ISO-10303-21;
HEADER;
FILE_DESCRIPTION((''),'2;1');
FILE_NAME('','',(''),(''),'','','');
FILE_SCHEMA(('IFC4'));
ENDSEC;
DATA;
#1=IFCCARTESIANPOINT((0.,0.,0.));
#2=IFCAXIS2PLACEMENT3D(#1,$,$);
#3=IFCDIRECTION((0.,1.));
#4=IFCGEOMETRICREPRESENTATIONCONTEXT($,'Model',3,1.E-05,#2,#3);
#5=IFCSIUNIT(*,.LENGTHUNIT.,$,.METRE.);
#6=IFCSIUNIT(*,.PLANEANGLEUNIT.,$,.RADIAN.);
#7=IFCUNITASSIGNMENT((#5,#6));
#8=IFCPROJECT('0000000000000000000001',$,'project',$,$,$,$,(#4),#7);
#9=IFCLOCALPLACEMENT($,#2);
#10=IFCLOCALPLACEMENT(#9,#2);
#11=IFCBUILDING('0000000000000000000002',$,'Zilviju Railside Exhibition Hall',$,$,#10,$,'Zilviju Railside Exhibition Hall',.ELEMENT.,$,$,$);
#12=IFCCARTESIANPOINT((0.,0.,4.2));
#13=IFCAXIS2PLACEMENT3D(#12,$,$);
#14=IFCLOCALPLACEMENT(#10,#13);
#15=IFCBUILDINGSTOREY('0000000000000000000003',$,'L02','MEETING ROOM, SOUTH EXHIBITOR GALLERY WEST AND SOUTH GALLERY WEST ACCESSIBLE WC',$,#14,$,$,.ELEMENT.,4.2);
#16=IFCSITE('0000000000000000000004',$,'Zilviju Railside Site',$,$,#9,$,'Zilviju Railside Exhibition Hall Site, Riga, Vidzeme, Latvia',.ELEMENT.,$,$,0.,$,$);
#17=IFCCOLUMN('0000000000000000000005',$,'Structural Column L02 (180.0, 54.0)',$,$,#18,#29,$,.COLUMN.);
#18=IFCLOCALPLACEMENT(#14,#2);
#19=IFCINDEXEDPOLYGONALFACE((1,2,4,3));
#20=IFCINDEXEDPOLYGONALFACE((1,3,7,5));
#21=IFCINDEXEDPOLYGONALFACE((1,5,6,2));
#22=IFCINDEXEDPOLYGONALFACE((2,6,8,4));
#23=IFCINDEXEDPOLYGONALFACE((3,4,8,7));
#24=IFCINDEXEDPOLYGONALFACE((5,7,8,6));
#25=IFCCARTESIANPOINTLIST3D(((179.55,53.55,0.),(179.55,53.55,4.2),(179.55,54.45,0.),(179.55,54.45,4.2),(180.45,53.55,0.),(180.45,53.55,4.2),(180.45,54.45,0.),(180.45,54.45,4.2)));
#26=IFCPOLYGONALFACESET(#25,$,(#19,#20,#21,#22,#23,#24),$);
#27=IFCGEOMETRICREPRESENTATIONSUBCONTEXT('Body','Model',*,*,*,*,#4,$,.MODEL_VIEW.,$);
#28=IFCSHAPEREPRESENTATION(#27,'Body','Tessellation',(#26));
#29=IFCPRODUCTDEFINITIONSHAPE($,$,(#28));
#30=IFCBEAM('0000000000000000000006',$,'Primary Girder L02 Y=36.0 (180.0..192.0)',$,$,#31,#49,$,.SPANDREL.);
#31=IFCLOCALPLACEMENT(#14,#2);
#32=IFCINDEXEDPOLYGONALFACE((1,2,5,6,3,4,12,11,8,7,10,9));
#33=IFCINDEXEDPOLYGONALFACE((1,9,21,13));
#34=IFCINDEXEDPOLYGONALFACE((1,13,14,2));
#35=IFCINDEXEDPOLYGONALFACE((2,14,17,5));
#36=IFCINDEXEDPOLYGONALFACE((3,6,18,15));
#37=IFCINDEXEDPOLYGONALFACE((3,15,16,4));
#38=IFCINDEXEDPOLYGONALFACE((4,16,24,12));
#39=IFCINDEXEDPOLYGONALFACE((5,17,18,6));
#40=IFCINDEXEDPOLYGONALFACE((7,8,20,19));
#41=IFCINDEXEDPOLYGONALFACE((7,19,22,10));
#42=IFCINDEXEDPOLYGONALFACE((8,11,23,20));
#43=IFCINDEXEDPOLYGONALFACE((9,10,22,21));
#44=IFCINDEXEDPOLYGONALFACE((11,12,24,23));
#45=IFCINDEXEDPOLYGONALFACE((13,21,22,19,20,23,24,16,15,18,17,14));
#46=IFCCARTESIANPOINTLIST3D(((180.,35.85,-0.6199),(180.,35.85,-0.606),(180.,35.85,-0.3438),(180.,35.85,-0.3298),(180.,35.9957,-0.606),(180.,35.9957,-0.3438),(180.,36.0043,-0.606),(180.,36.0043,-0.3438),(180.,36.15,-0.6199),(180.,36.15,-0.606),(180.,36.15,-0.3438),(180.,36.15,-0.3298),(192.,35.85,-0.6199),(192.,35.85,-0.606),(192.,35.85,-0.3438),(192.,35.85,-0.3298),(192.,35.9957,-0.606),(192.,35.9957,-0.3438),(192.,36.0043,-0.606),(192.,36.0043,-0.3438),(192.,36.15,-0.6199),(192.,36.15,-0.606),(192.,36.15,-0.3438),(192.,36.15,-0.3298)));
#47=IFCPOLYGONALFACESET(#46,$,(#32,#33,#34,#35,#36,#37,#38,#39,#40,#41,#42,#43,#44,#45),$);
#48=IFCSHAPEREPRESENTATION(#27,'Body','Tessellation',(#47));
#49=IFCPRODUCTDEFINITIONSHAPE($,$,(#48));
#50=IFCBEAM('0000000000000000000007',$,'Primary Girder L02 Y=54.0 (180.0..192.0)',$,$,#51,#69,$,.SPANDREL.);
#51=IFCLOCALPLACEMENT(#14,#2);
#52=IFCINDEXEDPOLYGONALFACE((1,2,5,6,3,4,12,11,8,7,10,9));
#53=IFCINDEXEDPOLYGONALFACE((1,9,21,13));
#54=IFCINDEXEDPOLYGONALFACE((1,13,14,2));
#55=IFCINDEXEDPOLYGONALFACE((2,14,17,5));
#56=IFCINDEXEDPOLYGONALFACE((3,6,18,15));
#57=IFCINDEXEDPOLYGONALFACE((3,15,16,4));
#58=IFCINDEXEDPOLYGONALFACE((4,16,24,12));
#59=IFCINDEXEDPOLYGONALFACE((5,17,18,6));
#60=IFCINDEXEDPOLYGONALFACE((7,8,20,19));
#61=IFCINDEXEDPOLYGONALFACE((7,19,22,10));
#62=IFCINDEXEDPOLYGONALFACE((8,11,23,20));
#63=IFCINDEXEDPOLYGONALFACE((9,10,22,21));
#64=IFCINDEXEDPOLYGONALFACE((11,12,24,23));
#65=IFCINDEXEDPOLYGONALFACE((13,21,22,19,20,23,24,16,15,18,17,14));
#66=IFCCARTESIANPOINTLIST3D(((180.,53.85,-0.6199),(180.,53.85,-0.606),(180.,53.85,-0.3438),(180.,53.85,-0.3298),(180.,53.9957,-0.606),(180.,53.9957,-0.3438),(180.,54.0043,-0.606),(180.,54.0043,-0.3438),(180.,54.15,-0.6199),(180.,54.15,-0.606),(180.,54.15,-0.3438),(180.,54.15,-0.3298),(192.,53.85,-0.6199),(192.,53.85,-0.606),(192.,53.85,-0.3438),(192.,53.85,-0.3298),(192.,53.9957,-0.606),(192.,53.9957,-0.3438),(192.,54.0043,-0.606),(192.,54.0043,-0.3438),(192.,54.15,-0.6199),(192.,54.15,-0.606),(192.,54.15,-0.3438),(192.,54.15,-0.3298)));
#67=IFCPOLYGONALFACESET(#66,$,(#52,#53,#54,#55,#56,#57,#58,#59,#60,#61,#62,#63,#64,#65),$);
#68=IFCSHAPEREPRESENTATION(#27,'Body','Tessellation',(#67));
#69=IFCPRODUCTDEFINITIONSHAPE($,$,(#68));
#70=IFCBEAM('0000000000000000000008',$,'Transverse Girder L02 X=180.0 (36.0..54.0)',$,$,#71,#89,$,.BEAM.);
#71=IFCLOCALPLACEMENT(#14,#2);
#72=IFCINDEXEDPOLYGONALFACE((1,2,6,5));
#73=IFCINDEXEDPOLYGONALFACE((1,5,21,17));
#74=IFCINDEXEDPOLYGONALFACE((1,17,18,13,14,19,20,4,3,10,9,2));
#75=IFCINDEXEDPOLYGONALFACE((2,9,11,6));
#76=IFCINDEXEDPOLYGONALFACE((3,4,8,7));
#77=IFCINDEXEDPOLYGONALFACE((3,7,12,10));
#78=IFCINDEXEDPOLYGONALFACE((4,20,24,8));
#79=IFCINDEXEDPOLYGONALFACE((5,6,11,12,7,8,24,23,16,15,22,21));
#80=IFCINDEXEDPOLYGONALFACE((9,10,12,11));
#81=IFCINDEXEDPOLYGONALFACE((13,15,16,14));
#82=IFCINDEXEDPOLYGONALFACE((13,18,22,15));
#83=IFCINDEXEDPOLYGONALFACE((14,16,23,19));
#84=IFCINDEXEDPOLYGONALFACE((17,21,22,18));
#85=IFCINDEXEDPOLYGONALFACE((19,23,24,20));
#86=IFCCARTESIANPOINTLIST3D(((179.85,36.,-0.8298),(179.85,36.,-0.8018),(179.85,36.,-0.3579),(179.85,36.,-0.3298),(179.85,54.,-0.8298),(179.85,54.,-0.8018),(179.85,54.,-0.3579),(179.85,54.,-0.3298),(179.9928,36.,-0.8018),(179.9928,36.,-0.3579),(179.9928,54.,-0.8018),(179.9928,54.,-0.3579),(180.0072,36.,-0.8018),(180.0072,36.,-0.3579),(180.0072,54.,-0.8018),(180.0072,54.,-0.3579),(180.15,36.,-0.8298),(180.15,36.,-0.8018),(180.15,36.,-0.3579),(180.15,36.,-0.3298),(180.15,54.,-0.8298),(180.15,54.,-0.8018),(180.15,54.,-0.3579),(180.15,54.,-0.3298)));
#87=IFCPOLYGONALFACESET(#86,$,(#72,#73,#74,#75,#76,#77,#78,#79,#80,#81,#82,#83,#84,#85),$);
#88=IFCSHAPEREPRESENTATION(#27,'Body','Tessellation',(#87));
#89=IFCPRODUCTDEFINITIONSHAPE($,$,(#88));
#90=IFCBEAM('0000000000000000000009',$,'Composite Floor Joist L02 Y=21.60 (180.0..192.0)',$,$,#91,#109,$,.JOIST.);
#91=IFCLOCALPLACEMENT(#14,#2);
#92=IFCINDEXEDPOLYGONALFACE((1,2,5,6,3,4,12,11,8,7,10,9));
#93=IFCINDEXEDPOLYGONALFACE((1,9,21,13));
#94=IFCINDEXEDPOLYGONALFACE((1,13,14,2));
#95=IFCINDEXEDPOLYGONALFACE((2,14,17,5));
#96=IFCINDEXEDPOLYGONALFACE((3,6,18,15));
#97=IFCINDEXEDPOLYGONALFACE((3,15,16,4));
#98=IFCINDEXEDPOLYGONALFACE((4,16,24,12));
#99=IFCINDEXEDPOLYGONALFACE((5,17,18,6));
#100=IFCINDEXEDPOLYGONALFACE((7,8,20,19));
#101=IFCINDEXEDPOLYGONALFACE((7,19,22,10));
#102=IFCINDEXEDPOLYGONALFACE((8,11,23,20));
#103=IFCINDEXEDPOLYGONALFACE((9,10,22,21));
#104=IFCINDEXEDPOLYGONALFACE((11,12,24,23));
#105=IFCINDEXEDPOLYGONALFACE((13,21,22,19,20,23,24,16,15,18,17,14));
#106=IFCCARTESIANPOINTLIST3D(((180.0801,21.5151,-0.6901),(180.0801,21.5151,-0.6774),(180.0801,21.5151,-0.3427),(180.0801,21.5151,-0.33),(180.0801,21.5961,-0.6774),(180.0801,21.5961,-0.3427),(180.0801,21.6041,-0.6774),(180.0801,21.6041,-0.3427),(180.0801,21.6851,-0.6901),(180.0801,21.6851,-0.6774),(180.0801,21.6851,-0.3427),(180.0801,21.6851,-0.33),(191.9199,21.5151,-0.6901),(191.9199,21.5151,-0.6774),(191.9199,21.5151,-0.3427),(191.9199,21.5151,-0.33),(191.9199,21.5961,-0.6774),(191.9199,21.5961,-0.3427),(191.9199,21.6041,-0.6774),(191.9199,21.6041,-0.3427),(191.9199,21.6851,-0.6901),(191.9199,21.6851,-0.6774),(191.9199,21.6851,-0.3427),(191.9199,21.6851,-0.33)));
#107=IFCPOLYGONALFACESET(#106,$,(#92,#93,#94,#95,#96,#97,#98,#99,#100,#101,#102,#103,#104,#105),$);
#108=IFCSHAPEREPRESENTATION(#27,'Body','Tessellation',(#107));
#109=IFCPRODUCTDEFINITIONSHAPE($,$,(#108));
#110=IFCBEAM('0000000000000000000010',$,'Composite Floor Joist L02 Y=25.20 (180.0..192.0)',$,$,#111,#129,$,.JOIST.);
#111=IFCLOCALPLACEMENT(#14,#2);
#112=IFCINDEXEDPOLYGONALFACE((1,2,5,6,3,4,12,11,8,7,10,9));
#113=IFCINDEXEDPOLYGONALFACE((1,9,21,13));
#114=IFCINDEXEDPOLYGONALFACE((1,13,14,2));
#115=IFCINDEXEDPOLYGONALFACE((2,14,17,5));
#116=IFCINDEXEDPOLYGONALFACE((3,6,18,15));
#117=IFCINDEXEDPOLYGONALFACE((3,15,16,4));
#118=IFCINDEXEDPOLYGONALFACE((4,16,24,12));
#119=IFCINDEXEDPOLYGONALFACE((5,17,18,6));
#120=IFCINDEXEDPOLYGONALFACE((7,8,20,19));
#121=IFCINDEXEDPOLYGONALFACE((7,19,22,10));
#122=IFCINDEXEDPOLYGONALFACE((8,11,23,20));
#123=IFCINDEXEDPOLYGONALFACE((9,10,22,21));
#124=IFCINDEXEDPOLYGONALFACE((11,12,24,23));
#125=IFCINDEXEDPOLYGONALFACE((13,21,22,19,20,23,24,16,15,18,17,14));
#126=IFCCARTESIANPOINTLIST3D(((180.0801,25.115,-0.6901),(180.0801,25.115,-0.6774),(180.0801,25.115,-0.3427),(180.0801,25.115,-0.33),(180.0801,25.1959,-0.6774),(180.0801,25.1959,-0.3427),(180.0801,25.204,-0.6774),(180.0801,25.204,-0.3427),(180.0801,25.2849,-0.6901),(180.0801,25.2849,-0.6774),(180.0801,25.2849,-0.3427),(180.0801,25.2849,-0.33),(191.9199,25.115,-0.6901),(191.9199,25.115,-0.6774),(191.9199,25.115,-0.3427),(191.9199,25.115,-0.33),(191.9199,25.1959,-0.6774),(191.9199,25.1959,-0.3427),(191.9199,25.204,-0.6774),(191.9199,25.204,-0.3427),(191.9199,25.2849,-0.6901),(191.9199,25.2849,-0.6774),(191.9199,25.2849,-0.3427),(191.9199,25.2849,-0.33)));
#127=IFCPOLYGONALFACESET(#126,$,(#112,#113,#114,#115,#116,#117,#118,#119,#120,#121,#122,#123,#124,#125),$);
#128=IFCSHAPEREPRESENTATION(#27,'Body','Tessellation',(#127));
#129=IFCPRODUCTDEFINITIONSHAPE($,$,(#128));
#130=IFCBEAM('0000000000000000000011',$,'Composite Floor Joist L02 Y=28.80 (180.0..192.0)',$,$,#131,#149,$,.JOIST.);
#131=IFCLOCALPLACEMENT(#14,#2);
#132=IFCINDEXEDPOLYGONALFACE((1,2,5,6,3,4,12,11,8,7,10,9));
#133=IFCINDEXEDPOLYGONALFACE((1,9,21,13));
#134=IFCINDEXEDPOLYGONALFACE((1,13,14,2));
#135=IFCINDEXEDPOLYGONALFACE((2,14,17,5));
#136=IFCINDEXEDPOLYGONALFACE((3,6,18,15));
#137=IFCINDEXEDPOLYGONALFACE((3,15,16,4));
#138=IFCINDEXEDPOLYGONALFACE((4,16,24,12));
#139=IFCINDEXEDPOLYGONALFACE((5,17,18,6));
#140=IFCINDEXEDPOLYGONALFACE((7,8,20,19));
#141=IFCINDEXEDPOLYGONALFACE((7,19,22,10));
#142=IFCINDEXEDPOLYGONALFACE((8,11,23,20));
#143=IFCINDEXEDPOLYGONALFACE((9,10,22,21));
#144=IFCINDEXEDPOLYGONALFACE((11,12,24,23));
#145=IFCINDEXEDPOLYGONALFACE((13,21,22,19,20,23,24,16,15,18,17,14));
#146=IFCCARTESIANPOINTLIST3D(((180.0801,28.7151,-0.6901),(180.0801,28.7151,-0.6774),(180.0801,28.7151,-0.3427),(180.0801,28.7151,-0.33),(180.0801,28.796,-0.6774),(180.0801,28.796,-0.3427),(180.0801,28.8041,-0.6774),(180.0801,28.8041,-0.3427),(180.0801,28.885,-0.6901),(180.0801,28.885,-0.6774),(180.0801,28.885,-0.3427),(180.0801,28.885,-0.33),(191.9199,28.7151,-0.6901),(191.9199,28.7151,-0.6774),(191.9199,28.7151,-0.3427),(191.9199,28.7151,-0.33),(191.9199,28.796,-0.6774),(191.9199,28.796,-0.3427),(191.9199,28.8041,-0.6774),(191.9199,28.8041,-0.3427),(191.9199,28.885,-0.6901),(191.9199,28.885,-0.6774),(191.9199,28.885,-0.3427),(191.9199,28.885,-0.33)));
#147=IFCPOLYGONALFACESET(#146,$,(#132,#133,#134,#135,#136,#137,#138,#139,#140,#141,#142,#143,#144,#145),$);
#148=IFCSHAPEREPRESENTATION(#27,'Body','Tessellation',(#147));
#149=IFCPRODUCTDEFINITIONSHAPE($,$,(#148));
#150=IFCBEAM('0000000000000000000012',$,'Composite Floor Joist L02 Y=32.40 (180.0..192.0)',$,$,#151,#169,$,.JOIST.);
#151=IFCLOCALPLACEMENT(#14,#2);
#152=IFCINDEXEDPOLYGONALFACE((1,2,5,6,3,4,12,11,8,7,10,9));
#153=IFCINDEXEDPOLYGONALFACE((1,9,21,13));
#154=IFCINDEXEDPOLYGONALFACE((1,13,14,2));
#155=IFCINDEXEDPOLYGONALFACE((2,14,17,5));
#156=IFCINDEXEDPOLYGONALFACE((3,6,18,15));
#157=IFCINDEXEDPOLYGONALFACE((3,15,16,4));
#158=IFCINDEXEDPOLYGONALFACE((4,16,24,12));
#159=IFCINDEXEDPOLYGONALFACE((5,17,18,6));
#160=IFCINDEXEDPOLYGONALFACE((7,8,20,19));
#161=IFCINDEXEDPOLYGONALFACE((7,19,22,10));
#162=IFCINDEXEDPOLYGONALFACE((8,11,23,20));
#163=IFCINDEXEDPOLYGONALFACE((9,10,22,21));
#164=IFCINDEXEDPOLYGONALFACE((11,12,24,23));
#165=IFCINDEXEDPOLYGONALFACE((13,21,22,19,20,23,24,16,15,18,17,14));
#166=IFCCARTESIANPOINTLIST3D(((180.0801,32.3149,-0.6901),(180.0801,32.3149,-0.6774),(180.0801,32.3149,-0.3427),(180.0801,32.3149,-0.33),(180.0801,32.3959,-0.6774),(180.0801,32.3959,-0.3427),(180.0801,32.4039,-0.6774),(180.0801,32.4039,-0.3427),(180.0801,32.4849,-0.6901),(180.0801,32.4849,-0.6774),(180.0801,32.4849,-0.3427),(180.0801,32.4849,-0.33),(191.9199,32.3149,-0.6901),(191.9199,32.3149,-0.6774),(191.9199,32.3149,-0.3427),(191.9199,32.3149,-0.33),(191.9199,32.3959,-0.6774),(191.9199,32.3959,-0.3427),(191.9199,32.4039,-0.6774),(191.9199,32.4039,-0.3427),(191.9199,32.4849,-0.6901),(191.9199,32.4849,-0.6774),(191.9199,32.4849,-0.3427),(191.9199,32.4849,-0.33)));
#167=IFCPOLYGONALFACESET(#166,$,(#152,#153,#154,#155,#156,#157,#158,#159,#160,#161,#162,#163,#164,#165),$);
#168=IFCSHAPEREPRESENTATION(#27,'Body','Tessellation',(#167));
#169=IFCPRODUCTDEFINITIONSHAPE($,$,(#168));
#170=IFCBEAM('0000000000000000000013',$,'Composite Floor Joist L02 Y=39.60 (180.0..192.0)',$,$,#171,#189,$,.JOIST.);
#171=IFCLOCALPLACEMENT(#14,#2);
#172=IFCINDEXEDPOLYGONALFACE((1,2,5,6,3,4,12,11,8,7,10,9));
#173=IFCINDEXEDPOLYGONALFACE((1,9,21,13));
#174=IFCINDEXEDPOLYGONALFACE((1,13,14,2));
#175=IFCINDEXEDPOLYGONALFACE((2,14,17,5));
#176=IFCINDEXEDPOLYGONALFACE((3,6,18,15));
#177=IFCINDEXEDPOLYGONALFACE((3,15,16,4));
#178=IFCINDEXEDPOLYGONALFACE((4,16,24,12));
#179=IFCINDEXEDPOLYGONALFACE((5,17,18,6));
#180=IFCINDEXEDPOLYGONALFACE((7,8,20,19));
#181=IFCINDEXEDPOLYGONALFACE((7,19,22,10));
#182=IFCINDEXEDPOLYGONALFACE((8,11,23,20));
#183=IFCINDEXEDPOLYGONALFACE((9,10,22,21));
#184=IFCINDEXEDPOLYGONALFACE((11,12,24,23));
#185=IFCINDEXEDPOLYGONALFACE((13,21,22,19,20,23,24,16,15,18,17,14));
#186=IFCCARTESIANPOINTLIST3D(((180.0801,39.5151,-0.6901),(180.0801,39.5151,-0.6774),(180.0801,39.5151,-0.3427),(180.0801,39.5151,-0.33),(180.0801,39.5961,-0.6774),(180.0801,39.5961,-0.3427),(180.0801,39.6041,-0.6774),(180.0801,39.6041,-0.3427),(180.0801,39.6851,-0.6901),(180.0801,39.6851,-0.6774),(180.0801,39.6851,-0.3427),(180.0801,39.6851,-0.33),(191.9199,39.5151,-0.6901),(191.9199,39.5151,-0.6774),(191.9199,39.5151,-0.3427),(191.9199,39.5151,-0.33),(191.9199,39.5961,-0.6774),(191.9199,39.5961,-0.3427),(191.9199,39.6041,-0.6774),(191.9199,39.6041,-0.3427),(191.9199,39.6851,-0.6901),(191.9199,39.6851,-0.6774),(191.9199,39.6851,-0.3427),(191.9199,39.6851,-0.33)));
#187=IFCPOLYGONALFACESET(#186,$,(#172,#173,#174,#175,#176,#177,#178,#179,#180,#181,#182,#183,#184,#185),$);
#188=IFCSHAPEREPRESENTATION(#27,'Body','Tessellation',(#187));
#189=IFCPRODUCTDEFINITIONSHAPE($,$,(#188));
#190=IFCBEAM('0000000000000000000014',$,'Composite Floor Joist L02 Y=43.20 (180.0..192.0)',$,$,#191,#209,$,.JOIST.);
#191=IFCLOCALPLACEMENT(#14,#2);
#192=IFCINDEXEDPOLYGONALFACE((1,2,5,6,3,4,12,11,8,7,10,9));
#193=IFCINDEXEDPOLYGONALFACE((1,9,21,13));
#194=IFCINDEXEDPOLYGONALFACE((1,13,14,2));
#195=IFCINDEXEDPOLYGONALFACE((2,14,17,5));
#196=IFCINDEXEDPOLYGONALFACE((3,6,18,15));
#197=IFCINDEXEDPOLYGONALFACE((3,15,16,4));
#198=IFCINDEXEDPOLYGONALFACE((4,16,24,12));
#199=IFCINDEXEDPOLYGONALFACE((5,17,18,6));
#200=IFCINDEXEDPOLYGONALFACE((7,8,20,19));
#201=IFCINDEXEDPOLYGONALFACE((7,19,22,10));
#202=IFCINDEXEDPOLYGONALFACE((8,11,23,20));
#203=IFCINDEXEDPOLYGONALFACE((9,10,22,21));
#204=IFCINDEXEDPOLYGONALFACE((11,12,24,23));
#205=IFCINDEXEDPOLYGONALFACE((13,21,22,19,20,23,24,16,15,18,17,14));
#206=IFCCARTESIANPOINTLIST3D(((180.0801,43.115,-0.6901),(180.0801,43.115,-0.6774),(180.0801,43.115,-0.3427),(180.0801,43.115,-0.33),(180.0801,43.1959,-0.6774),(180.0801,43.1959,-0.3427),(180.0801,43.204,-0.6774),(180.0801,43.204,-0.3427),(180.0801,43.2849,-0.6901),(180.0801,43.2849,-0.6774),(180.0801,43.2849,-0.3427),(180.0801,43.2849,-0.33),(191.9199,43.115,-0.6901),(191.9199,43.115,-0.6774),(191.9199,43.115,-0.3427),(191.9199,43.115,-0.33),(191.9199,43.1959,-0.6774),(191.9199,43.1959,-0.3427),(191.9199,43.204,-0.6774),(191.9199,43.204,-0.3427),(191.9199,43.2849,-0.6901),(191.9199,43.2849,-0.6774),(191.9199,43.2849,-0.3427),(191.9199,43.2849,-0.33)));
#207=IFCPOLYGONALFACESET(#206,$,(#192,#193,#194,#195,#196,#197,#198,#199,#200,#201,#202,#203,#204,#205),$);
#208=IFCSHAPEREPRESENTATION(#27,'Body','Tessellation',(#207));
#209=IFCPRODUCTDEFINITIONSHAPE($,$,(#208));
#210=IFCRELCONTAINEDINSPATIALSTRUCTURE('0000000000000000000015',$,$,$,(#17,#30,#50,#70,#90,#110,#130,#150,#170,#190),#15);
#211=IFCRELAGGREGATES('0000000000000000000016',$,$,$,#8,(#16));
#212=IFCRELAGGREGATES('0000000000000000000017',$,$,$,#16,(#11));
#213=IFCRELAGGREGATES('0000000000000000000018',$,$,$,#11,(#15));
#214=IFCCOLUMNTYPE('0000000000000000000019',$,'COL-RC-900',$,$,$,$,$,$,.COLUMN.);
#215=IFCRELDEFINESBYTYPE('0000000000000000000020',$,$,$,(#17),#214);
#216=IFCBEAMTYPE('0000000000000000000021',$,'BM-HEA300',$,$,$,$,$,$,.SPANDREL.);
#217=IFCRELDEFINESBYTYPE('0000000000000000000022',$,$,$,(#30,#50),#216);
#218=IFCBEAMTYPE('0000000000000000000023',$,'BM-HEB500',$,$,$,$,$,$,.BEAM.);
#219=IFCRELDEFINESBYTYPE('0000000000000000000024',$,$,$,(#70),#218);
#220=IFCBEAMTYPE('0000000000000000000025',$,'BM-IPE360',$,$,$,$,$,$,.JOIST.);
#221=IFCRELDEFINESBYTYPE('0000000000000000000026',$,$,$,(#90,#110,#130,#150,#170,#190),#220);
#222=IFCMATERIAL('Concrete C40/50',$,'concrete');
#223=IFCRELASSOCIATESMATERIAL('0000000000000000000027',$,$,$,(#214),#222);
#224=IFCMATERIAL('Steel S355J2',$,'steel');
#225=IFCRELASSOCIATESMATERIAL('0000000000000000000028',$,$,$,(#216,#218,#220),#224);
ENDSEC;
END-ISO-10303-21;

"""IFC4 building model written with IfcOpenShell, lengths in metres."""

from ifc_helpers import new_model, si_unit, direction, frame, origin, origin_2d, place, context, subcontext, project, spatial, rectangle, i_section, extrude, material, material_profile, profile_set, type_object, element, save


model = new_model("IFC4")

# Units and contexts
model_context = context("Model", 3, precision=1e-05, world=origin(), true_north=direction((0.0, 1.0)))
body_context = subcontext(model_context, "Body", "Model", "MODEL_VIEW")
ifc_project = project(units=[si_unit("LENGTHUNIT", "METRE"), si_unit("PLANEANGLEUNIT", "RADIAN")], contexts=[model_context])

# Site, building, storey
site_placement = place(None, origin())
site = spatial("IfcSite", under=ifc_project, at=site_placement, Name="Zilviju Railside Site", LongName="Zilviju Railside Exhibition Hall Site, Riga, Vidzeme, Latvia", CompositionType="ELEMENT", RefElevation=0.0)
building_placement = place(site_placement, origin())
building = spatial("IfcBuilding", under=site, at=building_placement, Name="Zilviju Railside Exhibition Hall", LongName="Zilviju Railside Exhibition Hall", CompositionType="ELEMENT")
storey_placement = place(building_placement, frame((0.0, 0.0, 4.2)))
storey = spatial("IfcBuildingStorey", under=building, at=storey_placement, Name="L02", Description="MEETING ROOM, SOUTH EXHIBITOR GALLERY WEST AND SOUTH GALLERY WEST ACCESSIBLE WC", CompositionType="ELEMENT", Elevation=4.2)

# Column
ifc_material_1 = material(Name="Concrete C40/50", Category="concrete")
ifc_material_profile_1 = material_profile(ifc_material_1, rectangle(XDim=0.8999, YDim=0.8999, at=origin_2d()), Name="RC COL 900x900")
ifc_profile_set_1 = profile_set([ifc_material_profile_1], Name="Concrete C40/50")
column_type = type_object("IfcColumnType", Name="COL-RC-900", PredefinedType="COLUMN", material=ifc_profile_set_1)
column_placement = place(storey_placement, frame((180.0, 54.0, 0.0), z_axis=(0.0, 0.0, 1.0), x_axis=(1.0, 0.0, 0.0)))
element("IfcColumn", 1, at=column_placement, inside=storey, type_object=column_type, Name="Structural Column L02 (180.0, 54.0)", PredefinedType="COLUMN", context=body_context, shape_type="SweptSolid", body=[
    extrude(rectangle(XDim=0.8999, YDim=0.8999, at=origin_2d()), origin(), (0.0, 0.0, 1.0), 4.2),
])

# Beams
ifc_material_2 = material(Name="Steel S355J2", Category="steel")
ifc_material_profile_2 = material_profile(ifc_material_2, i_section(OverallWidth=0.3, OverallDepth=0.29, WebThickness=0.0085, FlangeThickness=0.0139, at=origin_2d()), Name="HEA 300")
ifc_profile_set_2 = profile_set([ifc_material_profile_2], Name="Steel S355J2")
beam_type_1 = type_object("IfcBeamType", Name="BM-HEA300", PredefinedType="SPANDREL", material=ifc_profile_set_2)
for number, where, z_axis, x_axis, name in (
    (2, (180.0, 36.0, -0.4749), (1.0, 0.0, 0.0), (0.0, 1.0, 0.0), "Primary Girder L02 Y=36.0 (180.0..192.0)"),
    (3, (180.0, 54.0, -0.4749), (1.0, 0.0, 0.0), (0.0, 1.0, 0.0), "Primary Girder L02 Y=54.0 (180.0..192.0)"),
):
    element("IfcBeam", number, at=place(storey_placement, frame(where, z_axis=z_axis, x_axis=x_axis)), inside=storey, type_object=beam_type_1, Name=name, PredefinedType="SPANDREL", context=body_context, shape_type="SweptSolid", body=[
        extrude(i_section(OverallWidth=0.3, OverallDepth=0.29, WebThickness=0.0085, FlangeThickness=0.0139, at=origin_2d()), origin(), (0.0, 0.0, 1.0), 12.0),
    ])
ifc_material_profile_3 = material_profile(ifc_material_2, i_section(OverallWidth=0.3, OverallDepth=0.5, WebThickness=0.0144, FlangeThickness=0.0281, at=origin_2d()), Name="HEB 500")
ifc_profile_set_3 = profile_set([ifc_material_profile_3], Name="Steel S355J2")
beam_type_2 = type_object("IfcBeamType", Name="BM-HEB500", PredefinedType="BEAM", material=ifc_profile_set_3)
beam_placement = place(storey_placement, frame((180.0, 36.0, -0.5798), z_axis=(0.0, 1.0, 0.0), x_axis=(-1.0, 0.0, 0.0)))
element("IfcBeam", 4, at=beam_placement, inside=storey, type_object=beam_type_2, Name="Transverse Girder L02 X=180.0 (36.0..54.0)", PredefinedType="BEAM", context=body_context, shape_type="SweptSolid", body=[
    extrude(i_section(OverallWidth=0.3, OverallDepth=0.5, WebThickness=0.0144, FlangeThickness=0.0281, at=origin_2d()), origin(), (0.0, 0.0, 1.0), 18.0),
])
ifc_material_profile_4 = material_profile(ifc_material_2, i_section(OverallWidth=0.1699, OverallDepth=0.3601, WebThickness=0.0081, FlangeThickness=0.0127, at=origin_2d()), Name="IPE 360")
ifc_profile_set_4 = profile_set([ifc_material_profile_4], Name="Steel S355J2")
beam_type_3 = type_object("IfcBeamType", Name="BM-IPE360", PredefinedType="JOIST", material=ifc_profile_set_4)
for number, where, z_axis, x_axis, name in (
    (5, (180.0801, 21.6001, -0.51), (1.0, 0.0, 0.0), (0.0, 1.0, 0.0), "Composite Floor Joist L02 Y=21.60 (180.0..192.0)"),
    (6, (180.0801, 25.2, -0.51), (1.0, 0.0, 0.0), (0.0, 1.0, 0.0), "Composite Floor Joist L02 Y=25.20 (180.0..192.0)"),
    (7, (180.0801, 28.8, -0.51), (1.0, 0.0, 0.0), (0.0, 1.0, 0.0), "Composite Floor Joist L02 Y=28.80 (180.0..192.0)"),
    (8, (180.0801, 32.3999, -0.51), (1.0, 0.0, 0.0), (0.0, 1.0, 0.0), "Composite Floor Joist L02 Y=32.40 (180.0..192.0)"),
    (9, (180.0801, 39.6001, -0.51), (1.0, 0.0, 0.0), (0.0, 1.0, 0.0), "Composite Floor Joist L02 Y=39.60 (180.0..192.0)"),
    (10, (180.0801, 43.2, -0.51), (1.0, 0.0, 0.0), (0.0, 1.0, 0.0), "Composite Floor Joist L02 Y=43.20 (180.0..192.0)"),
):
    element("IfcBeam", number, at=place(storey_placement, frame(where, z_axis=z_axis, x_axis=x_axis)), inside=storey, type_object=beam_type_3, Name=name, PredefinedType="JOIST", context=body_context, shape_type="SweptSolid", body=[
        extrude(i_section(OverallWidth=0.1699, OverallDepth=0.3601, WebThickness=0.0081, FlangeThickness=0.0127, at=origin_2d()), origin(), (0.0, 0.0, 1.0), 11.8398),
    ])

save(model, "model.ifc")
